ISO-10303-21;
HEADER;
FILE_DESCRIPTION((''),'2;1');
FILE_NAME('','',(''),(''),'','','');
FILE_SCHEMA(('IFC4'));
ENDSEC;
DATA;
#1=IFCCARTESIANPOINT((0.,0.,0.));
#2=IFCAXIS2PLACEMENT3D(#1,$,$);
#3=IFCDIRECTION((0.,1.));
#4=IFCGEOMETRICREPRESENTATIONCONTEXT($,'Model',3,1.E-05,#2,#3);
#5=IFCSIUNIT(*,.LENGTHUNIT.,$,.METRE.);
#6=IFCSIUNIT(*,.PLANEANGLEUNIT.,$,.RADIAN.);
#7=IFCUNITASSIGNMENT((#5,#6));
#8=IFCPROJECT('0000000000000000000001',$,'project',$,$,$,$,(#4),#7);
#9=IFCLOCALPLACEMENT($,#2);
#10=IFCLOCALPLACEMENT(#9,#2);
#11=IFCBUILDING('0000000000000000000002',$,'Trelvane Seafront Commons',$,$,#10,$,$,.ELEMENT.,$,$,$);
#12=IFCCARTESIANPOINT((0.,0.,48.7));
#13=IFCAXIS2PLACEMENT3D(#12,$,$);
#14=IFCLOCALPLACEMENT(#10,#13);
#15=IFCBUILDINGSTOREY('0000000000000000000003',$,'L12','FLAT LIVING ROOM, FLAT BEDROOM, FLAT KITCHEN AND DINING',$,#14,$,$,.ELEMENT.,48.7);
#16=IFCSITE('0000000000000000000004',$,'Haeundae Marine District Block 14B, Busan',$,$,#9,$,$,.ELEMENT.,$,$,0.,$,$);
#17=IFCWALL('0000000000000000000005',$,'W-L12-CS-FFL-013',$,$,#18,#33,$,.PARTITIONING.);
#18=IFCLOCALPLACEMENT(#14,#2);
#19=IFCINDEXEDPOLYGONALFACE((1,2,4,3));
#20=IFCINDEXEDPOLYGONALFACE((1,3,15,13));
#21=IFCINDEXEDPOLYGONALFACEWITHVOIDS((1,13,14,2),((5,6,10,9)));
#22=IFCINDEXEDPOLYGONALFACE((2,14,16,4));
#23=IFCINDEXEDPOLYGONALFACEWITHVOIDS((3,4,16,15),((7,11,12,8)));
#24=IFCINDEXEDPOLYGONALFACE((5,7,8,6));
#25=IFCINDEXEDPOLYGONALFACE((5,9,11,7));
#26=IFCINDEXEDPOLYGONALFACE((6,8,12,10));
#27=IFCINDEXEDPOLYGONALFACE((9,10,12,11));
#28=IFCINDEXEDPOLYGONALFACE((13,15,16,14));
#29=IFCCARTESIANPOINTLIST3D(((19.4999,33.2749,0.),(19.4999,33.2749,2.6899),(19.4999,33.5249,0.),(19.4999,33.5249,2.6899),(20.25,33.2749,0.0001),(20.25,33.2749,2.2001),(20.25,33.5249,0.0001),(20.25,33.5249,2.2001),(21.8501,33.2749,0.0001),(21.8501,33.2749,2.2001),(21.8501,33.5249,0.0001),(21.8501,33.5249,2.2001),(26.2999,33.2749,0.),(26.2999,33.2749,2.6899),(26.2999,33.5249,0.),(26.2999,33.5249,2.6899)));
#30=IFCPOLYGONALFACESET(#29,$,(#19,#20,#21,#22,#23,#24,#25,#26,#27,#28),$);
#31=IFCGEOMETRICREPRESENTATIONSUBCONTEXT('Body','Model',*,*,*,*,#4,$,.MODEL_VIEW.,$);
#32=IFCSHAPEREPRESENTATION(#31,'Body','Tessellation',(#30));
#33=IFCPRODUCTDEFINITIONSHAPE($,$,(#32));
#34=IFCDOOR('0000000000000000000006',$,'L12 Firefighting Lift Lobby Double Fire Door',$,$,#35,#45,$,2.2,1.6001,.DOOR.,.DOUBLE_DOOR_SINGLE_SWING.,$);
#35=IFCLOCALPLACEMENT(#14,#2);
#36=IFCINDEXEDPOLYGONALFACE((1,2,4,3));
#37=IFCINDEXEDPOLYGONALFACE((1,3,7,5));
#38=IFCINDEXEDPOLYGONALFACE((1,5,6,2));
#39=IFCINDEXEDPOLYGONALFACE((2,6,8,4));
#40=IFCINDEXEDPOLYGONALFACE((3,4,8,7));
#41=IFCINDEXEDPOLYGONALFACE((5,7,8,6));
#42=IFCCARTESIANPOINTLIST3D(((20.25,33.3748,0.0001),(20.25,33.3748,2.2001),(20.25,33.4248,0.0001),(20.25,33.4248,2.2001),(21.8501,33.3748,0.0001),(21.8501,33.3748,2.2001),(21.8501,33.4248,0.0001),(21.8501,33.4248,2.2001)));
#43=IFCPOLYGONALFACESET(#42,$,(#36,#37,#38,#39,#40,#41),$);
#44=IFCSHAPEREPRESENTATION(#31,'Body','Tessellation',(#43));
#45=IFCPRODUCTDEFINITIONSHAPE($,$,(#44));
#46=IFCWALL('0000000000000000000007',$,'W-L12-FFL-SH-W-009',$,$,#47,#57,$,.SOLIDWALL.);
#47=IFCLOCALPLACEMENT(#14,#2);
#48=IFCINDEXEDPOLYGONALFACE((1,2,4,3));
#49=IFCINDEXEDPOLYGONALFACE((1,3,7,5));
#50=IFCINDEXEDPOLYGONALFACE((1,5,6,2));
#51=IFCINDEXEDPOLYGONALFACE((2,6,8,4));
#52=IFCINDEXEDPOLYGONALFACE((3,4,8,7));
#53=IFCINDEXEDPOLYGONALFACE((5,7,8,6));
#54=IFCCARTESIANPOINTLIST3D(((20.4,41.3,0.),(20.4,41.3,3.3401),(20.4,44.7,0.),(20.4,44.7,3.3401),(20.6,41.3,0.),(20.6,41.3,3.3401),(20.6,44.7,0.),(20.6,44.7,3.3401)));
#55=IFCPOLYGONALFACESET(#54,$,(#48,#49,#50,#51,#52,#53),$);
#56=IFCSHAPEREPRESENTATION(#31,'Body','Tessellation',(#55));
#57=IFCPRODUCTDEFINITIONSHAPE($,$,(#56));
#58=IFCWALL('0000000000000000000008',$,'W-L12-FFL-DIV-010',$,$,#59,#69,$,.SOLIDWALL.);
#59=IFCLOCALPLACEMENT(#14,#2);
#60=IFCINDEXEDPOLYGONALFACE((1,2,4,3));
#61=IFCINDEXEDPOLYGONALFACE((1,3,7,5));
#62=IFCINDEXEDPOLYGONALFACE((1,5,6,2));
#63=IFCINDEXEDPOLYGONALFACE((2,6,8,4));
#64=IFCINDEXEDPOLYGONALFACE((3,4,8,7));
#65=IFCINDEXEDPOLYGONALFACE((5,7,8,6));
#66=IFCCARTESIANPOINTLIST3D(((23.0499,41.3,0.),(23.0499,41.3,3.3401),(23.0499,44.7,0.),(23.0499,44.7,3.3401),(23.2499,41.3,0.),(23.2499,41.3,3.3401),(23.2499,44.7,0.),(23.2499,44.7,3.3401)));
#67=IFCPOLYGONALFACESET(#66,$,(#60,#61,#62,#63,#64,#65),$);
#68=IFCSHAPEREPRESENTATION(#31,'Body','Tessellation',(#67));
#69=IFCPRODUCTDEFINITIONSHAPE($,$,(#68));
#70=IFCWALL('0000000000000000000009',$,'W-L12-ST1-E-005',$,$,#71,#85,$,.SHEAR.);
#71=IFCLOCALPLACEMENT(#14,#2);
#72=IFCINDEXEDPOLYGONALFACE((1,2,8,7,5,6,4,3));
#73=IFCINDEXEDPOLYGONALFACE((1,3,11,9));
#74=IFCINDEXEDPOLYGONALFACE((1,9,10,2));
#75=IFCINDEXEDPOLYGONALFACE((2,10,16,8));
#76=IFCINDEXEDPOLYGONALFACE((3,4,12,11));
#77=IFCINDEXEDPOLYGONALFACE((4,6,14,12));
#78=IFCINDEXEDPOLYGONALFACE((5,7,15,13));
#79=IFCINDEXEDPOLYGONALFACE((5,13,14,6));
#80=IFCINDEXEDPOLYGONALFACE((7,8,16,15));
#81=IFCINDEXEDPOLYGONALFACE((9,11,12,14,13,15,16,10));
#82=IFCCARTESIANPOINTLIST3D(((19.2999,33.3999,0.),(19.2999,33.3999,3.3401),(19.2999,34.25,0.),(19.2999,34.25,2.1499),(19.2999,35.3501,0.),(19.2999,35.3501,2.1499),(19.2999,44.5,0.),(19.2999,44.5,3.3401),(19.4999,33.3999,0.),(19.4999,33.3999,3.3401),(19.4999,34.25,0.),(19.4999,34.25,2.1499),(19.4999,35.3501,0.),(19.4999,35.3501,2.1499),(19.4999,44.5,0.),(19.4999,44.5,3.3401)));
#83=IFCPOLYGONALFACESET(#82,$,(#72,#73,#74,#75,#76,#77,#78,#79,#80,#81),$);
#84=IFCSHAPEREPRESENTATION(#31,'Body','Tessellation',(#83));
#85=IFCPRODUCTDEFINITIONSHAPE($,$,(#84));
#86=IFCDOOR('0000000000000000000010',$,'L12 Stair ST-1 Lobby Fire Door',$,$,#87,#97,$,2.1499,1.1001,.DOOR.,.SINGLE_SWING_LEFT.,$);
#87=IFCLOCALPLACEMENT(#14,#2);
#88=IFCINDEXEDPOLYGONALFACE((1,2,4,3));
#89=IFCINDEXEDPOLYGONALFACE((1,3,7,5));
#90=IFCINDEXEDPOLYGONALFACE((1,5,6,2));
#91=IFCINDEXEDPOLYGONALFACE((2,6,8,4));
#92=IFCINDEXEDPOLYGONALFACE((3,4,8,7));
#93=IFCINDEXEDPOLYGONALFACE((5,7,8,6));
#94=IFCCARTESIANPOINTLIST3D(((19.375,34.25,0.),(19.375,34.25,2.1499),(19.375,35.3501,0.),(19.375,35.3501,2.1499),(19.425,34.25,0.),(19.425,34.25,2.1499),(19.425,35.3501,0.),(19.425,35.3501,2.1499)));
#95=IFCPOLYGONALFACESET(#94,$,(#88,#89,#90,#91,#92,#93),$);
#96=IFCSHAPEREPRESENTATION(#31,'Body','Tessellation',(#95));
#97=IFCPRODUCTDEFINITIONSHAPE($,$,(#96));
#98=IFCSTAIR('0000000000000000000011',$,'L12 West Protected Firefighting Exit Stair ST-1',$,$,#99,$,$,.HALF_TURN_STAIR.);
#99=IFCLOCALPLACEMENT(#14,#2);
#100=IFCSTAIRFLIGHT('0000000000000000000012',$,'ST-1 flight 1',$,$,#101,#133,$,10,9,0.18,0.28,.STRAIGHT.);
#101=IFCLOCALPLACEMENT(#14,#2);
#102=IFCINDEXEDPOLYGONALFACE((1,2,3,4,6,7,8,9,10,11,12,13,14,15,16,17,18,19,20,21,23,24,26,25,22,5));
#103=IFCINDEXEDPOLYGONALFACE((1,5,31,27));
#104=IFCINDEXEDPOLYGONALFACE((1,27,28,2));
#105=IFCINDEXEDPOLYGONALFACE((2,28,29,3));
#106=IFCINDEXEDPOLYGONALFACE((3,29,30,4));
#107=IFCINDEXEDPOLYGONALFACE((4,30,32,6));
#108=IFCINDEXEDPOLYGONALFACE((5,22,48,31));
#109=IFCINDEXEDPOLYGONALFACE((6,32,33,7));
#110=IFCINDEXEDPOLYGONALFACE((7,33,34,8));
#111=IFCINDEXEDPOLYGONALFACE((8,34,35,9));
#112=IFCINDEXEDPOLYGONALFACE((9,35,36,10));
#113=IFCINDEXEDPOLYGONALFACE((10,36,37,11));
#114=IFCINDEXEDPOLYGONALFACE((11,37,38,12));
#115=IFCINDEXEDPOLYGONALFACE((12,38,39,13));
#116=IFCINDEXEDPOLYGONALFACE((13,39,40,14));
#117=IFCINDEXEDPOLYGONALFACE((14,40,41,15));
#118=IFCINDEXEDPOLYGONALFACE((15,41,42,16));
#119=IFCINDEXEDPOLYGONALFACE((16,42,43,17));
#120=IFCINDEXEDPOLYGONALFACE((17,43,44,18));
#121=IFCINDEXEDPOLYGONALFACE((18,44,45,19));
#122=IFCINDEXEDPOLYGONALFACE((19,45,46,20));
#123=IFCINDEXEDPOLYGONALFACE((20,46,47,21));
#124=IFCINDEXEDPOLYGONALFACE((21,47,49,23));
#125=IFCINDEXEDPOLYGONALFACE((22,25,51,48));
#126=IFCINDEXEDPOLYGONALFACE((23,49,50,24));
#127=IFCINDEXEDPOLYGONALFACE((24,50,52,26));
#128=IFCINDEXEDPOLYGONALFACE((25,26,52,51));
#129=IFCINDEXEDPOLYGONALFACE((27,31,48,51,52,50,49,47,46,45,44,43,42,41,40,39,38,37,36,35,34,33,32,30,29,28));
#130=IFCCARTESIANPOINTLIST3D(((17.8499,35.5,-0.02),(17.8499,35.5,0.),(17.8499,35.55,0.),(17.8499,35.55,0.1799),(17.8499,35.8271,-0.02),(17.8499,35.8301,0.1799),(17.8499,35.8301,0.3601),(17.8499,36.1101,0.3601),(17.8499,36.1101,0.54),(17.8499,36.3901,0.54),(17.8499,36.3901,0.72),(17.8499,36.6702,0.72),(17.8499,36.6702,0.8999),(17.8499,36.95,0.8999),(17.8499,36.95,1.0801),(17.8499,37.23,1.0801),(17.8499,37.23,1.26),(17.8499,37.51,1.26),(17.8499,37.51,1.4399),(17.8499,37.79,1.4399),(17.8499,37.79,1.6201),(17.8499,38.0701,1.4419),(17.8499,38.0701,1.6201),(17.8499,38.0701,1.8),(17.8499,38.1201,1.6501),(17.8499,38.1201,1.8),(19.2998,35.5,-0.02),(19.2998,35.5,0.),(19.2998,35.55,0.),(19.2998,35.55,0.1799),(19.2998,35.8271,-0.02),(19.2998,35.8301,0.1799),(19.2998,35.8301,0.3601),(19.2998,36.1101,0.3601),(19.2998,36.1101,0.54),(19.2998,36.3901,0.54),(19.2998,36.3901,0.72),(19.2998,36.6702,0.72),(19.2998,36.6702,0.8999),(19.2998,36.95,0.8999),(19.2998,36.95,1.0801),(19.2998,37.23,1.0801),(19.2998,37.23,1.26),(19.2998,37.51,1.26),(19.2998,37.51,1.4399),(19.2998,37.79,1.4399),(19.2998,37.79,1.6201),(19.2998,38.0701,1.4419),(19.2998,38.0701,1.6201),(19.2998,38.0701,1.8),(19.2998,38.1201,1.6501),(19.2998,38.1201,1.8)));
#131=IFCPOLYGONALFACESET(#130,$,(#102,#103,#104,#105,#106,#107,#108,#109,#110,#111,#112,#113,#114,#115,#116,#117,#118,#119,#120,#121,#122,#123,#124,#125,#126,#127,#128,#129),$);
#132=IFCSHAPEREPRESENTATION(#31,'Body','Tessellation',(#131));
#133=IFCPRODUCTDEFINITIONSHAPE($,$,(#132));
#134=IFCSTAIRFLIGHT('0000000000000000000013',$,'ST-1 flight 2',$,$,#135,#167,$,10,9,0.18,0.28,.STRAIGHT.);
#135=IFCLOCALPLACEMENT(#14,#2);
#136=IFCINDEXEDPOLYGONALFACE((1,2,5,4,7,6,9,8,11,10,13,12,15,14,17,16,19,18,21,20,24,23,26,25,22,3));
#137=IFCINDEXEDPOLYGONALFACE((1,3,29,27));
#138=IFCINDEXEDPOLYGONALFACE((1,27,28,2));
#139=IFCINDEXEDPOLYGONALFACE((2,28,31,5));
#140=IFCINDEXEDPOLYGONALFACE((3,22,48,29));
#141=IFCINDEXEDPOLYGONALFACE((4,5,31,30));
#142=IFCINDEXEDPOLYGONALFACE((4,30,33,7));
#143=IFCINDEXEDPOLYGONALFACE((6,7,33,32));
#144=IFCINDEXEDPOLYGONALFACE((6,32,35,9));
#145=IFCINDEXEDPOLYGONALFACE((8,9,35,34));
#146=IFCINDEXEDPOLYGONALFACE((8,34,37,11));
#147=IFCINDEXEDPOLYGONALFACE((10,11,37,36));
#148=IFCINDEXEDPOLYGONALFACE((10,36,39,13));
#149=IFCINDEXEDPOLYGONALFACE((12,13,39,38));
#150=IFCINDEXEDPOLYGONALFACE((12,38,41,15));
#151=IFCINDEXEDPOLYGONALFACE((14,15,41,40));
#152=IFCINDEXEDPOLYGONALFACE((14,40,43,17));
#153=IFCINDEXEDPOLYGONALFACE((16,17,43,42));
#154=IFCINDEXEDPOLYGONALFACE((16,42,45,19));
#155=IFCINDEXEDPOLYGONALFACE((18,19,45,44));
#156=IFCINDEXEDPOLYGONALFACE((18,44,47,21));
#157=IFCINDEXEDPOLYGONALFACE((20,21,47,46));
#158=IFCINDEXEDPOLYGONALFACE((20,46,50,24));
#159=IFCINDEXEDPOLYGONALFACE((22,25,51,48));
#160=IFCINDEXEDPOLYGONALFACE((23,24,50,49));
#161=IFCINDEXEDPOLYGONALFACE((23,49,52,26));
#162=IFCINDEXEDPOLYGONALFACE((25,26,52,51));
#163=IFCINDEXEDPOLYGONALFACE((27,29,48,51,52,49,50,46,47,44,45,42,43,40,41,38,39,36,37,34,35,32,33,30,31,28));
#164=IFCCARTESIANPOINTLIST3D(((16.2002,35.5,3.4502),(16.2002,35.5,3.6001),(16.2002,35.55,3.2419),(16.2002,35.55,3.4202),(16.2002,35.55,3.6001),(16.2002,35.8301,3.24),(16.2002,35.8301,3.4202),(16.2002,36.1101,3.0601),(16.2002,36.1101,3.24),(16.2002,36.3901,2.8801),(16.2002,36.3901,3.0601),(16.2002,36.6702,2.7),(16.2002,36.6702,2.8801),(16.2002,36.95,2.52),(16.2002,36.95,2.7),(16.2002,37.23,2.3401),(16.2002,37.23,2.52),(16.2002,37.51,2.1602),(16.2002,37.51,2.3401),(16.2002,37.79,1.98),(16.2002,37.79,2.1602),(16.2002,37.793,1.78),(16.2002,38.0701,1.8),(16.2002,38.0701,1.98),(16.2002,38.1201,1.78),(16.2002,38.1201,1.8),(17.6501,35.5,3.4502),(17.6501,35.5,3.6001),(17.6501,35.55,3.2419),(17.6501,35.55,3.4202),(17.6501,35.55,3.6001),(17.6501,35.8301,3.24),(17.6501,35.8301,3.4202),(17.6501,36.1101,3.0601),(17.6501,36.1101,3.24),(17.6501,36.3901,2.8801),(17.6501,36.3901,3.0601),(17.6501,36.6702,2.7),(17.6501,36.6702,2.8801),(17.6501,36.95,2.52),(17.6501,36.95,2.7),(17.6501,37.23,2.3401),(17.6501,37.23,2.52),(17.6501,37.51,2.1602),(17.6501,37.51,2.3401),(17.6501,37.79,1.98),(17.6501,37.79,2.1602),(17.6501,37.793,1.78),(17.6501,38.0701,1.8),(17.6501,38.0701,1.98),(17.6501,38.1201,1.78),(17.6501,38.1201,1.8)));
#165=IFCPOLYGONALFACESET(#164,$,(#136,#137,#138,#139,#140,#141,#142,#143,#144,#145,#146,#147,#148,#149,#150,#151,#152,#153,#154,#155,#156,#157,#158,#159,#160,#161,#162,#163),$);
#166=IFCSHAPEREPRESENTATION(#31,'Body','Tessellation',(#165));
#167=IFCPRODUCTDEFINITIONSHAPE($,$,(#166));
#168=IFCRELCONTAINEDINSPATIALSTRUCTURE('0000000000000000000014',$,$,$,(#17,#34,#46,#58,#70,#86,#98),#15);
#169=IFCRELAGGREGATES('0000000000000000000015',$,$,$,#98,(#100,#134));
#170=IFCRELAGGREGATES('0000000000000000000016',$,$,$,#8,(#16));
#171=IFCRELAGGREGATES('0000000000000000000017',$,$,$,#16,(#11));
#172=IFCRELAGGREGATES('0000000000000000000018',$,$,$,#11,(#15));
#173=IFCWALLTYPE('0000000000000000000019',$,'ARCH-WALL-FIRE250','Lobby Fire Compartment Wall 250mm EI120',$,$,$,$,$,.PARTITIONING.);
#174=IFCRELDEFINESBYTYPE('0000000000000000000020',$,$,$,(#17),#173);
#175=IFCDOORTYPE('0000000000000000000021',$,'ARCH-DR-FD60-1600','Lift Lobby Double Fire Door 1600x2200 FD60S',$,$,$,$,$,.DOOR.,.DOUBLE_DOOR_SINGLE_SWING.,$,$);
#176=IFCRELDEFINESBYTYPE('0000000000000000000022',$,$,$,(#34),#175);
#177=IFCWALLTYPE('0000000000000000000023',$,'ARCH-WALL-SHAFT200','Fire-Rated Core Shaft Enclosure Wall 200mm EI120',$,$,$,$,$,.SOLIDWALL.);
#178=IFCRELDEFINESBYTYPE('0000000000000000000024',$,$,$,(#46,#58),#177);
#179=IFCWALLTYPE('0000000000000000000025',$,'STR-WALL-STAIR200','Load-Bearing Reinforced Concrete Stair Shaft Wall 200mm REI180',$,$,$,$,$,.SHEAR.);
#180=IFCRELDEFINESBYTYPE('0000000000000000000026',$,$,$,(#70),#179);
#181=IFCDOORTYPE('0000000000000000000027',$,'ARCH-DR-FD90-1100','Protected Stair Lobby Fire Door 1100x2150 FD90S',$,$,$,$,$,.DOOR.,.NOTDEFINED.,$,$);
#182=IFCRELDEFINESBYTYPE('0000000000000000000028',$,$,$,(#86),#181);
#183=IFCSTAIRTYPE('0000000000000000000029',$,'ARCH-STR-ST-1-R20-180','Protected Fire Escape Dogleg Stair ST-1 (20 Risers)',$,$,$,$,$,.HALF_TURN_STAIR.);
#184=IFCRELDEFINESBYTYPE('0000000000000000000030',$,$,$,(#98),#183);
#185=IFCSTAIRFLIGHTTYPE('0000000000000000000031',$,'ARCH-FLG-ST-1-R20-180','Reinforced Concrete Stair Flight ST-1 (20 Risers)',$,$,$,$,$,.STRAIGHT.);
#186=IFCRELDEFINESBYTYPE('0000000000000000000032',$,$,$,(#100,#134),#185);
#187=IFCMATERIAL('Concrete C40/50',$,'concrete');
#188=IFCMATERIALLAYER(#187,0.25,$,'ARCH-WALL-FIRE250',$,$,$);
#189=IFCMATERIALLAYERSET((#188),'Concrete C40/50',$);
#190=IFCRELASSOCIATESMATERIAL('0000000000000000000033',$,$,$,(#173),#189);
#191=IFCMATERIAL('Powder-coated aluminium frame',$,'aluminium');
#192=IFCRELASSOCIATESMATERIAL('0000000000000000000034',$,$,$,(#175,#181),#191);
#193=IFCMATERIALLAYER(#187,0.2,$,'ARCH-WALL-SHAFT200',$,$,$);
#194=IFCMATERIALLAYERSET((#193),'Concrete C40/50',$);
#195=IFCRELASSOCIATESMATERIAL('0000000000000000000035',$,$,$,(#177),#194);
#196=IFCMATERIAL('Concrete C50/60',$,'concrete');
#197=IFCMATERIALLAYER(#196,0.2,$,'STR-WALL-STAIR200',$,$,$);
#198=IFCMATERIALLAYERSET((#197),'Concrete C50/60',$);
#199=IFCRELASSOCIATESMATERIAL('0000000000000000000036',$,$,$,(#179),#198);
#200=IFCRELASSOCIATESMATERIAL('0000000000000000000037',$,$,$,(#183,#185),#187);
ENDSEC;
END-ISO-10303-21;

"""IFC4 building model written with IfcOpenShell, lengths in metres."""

from ifc_helpers import new_model, si_unit, direction, frame, frame_2d, origin, place, context, subcontext, project, spatial, polyline, rectangle, outline, extrude, source, transform, mapped, material, layer, layer_set, type_object, element, fill, aggregate, save


model = new_model("IFC4")

# Units and contexts
model_context = context("Model", 3, precision=1e-05, world=origin(), true_north=direction((0.0, 1.0)))
body_context = subcontext(model_context, "Body", "Model", "MODEL_VIEW")
ifc_project = project(units=[si_unit("LENGTHUNIT", "METRE"), si_unit("PLANEANGLEUNIT", "RADIAN")], contexts=[model_context])

# Site, building, storey
site_placement = place(None, origin())
site = spatial("IfcSite", under=ifc_project, at=site_placement, Name="Haeundae Marine District Block 14B, Busan", CompositionType="ELEMENT", RefElevation=0.0)
building_placement = place(site_placement, origin())
building = spatial("IfcBuilding", under=site, at=building_placement, Name="Trelvane Seafront Commons", CompositionType="ELEMENT")
storey_placement = place(building_placement, frame((0.0, 0.0, 48.7)))
storey = spatial("IfcBuildingStorey", under=building, at=storey_placement, Name="L12", Description="FLAT LIVING ROOM, FLAT BEDROOM, FLAT KITCHEN AND DINING", CompositionType="ELEMENT", Elevation=48.7)

# Wall, opening, door
ifc_material_1 = material(Name="Concrete C40/50", Category="concrete")
ifc_layer_1 = layer(ifc_material_1, 0.25, Name="ARCH-WALL-FIRE250")
ifc_layer_set_1 = layer_set([ifc_layer_1], Name="Concrete C40/50")
wall_type_1 = type_object("IfcWallType", Name="ARCH-WALL-FIRE250", Description="Lobby Fire Compartment Wall 250mm EI120", PredefinedType="PARTITIONING", material=ifc_layer_set_1)
wall_1_placement = place(storey_placement, frame((19.5, 33.3999, 0.0), z_axis=(0.0, 0.0, 1.0), x_axis=(1.0, 0.0, 0.0)))
wall_1 = element("IfcWall", 1, at=wall_1_placement, inside=storey, type_object=wall_type_1, Name="W-L12-CS-FFL-013", PredefinedType="PARTITIONING", context=body_context, shape_type="SweptSolid", body=[
    extrude(rectangle(XDim=6.8, YDim=0.25, at=frame_2d((3.3999, 0.0))), origin(), (0.0, 0.0, 1.0), 2.6899),
])
opening_1_placement = place(wall_1_placement, frame((0.75, 0.0, 0.0)))
opening_1 = element("IfcOpeningElement", 2, at=opening_1_placement, cuts=wall_1, PredefinedType="OPENING", context=body_context, shape_type="SweptSolid", body=[
    extrude(rectangle(XDim=1.6001, YDim=2.2, at=frame_2d((0.8, 1.1001))), frame((0.0, 0.135, 0.0), z_axis=(0.0, -1.0, 0.0), x_axis=(1.0, 0.0, 0.0)), (0.0, 0.0, 1.0), 0.27),
])
ifc_material_2 = material(Name="Powder-coated aluminium frame", Category="aluminium")
door_type_1 = type_object("IfcDoorType", Name="ARCH-DR-FD60-1600", Description="Lift Lobby Double Fire Door 1600x2200 FD60S", OperationType="DOUBLE_DOOR_SINGLE_SWING", PredefinedType="DOOR", material=ifc_material_2)
shared_shape_1 = source(origin(), body_context, "Body", "SweptSolid", [
    extrude(rectangle(XDim=1.6001, YDim=2.2, at=frame_2d((0.8, 1.1001))), frame((0.0, 0.0249, 0.0), z_axis=(0.0, -1.0, 0.0), x_axis=(1.0, 0.0, 0.0)), (0.0, 0.0, 1.0), 0.05),
])
door_1_placement = place(opening_1_placement, origin())
door_1 = element("IfcDoor", 3, at=door_1_placement, inside=storey, type_object=door_type_1, Name="L12 Firefighting Lift Lobby Double Fire Door", OperationType="DOUBLE_DOOR_SINGLE_SWING", OverallHeight=2.2, OverallWidth=1.6001, PredefinedType="DOOR", context=body_context, shape_type="MappedRepresentation", body=[
    mapped(shared_shape_1, transform((0.0, 0.0, 0.0), x_axis=(1.0, 0.0, 0.0), y_axis=(0.0, 1.0, 0.0), z_axis=(0.0, 0.0, 1.0), scale=1.0)),
])
fill(opening_1, door_1)

# Shared definitions
ifc_layer_2 = layer(ifc_material_1, 0.2, Name="ARCH-WALL-SHAFT200")
ifc_layer_set_2 = layer_set([ifc_layer_2], Name="Concrete C40/50")
wall_type_2 = type_object("IfcWallType", Name="ARCH-WALL-SHAFT200", Description="Fire-Rated Core Shaft Enclosure Wall 200mm EI120", PredefinedType="SOLIDWALL", material=ifc_layer_set_2)
shared_shape_2 = source(origin(), body_context, "Body", "SweptSolid", [
    extrude(rectangle(XDim=1.1001, YDim=2.1499, at=frame_2d((0.55, 1.075))), frame((0.0, 0.0249, 0.0), z_axis=(0.0, -1.0, 0.0), x_axis=(1.0, 0.0, 0.0)), (0.0, 0.0, 1.0), 0.05),
])

# Walls
for number, where, z_axis, x_axis, name in (
    (4, (20.5, 41.3, 0.0), (0.0, 0.0, 1.0), (0.0, 1.0, 0.0), "W-L12-FFL-SH-W-009"),
    (5, (23.1499, 41.3, 0.0), (0.0, 0.0, 1.0), (0.0, 1.0, 0.0), "W-L12-FFL-DIV-010"),
):
    element("IfcWall", number, at=place(storey_placement, frame(where, z_axis=z_axis, x_axis=x_axis)), inside=storey, type_object=wall_type_2, Name=name, PredefinedType="SOLIDWALL", context=body_context, shape_type="SweptSolid", body=[
        extrude(rectangle(XDim=3.3999, YDim=0.2, at=frame_2d((1.7, 0.0))), origin(), (0.0, 0.0, 1.0), 3.3401),
    ])

# Wall, opening, door
ifc_material_3 = material(Name="Concrete C50/60", Category="concrete")
ifc_layer_3 = layer(ifc_material_3, 0.2, Name="STR-WALL-STAIR200")
ifc_layer_set_3 = layer_set([ifc_layer_3], Name="Concrete C50/60")
wall_type_3 = type_object("IfcWallType", Name="STR-WALL-STAIR200", Description="Load-Bearing Reinforced Concrete Stair Shaft Wall 200mm REI180", PredefinedType="SHEAR", material=ifc_layer_set_3)
wall_2_placement = place(storey_placement, frame((19.3999, 33.3999, 0.0), z_axis=(0.0, 0.0, 1.0), x_axis=(0.0, 1.0, 0.0)))
wall_2 = element("IfcWall", 6, at=wall_2_placement, inside=storey, type_object=wall_type_3, Name="W-L12-ST1-E-005", PredefinedType="SHEAR", context=body_context, shape_type="SweptSolid", body=[
    extrude(rectangle(XDim=11.1001, YDim=0.2, at=frame_2d((5.55, 0.0))), origin(), (0.0, 0.0, 1.0), 3.3401),
])
opening_2_placement = place(wall_2_placement, frame((0.8501, 0.0, 0.0)))
opening_2 = element("IfcOpeningElement", 7, at=opening_2_placement, cuts=wall_2, PredefinedType="OPENING", context=body_context, shape_type="SweptSolid", body=[
    extrude(rectangle(XDim=1.1001, YDim=2.1499, at=frame_2d((0.55, 1.075))), frame((0.0, 0.1099, 0.0), z_axis=(0.0, -1.0, 0.0), x_axis=(1.0, 0.0, 0.0)), (0.0, 0.0, 1.0), 0.22),
])
door_type_2 = type_object("IfcDoorType", Name="ARCH-DR-FD90-1100", Description="Protected Stair Lobby Fire Door 1100x2150 FD90S", OperationType="NOTDEFINED", PredefinedType="DOOR", material=ifc_material_2)
door_2_placement = place(opening_2_placement, origin())
door_2 = element("IfcDoor", 8, at=door_2_placement, inside=storey, type_object=door_type_2, Name="L12 Stair ST-1 Lobby Fire Door", OperationType="SINGLE_SWING_LEFT", OverallHeight=2.1499, OverallWidth=1.1001, PredefinedType="DOOR", context=body_context, shape_type="MappedRepresentation", body=[
    mapped(shared_shape_2, transform((0.0, 0.0, 0.0), x_axis=(1.0, 0.0, 0.0), y_axis=(0.0, 1.0, 0.0), z_axis=(0.0, 0.0, 1.0), scale=1.0)),
])
fill(opening_2, door_2)

# Stair, stair flights
stair_type = type_object("IfcStairType", Name="ARCH-STR-ST-1-R20-180", Description="Protected Fire Escape Dogleg Stair ST-1 (20 Risers)", PredefinedType="HALF_TURN_STAIR", material=ifc_material_1)
stair_placement = place(storey_placement, origin())
stair = element("IfcStair", 9, at=stair_placement, inside=storey, type_object=stair_type, Name="L12 West Protected Firefighting Exit Stair ST-1", PredefinedType="HALF_TURN_STAIR")
stair_flight_type = type_object("IfcStairFlightType", Name="ARCH-FLG-ST-1-R20-180", Description="Reinforced Concrete Stair Flight ST-1 (20 Risers)", PredefinedType="STRAIGHT", material=ifc_material_1)
shared_shape_3 = source(origin(), body_context, "Body", "SweptSolid", [
    extrude(outline(polyline([(-0.05, -0.02), (-0.05, 0.0), (0.0, 0.0), (0.0, 0.1799), (0.28, 0.1799), (0.28, 0.3601), (0.5601, 0.3601), (0.5601, 0.54), (0.8401, 0.54), (0.8401, 0.72), (1.1201, 0.72), (1.1201, 0.8999), (1.3999, 0.8999), (1.3999, 1.0801), (1.6799, 1.0801), (1.6799, 1.26), (1.96, 1.26), (1.96, 1.4399), (2.24, 1.4399), (2.24, 1.6201), (2.52, 1.6201), (2.52, 1.8), (2.5701, 1.8), (2.5701, 1.6501), (2.52, 1.4419), (0.2771, -0.02), (-0.05, -0.02)])), frame((0.0, 0.7251, 0.0), z_axis=(0.0, -1.0, 0.0), x_axis=(1.0, 0.0, 0.0)), (0.0, 0.0, 1.0), 1.45),
])
stair_flight_1_placement = place(storey_placement, frame((18.575, 35.55, 0.0), z_axis=(0.0, 0.0, 1.0), x_axis=(0.0, 1.0, 0.0)))
stair_flight_1 = element("IfcStairFlight", 10, at=stair_flight_1_placement, type_object=stair_flight_type, Name="ST-1 flight 1", NumberOfRisers=10, NumberOfTreads=9, PredefinedType="STRAIGHT", RiserHeight=0.18, TreadLength=0.28, context=body_context, shape_type="MappedRepresentation", body=[
    mapped(shared_shape_3, transform((0.0, 0.0, 0.0), x_axis=(1.0, 0.0, 0.0), y_axis=(0.0, 1.0, 0.0), z_axis=(0.0, 0.0, 1.0), scale=1.0)),
])
stair_flight_2_placement = place(storey_placement, frame((16.925, 38.0701, 1.8), z_axis=(0.0, 0.0, 1.0), x_axis=(0.0, -1.0, 0.0)))
stair_flight_2 = element("IfcStairFlight", 11, at=stair_flight_2_placement, type_object=stair_flight_type, Name="ST-1 flight 2", NumberOfRisers=10, NumberOfTreads=9, PredefinedType="STRAIGHT", RiserHeight=0.18, TreadLength=0.28, context=body_context, shape_type="MappedRepresentation", body=[
    mapped(shared_shape_3, transform((0.0, 0.0, 0.0), x_axis=(1.0, 0.0, 0.0), y_axis=(0.0, 1.0, 0.0), z_axis=(0.0, 0.0, 1.0), scale=1.0)),
])
aggregate(stair, [stair_flight_1, stair_flight_2])

save(model, "model.ifc")
